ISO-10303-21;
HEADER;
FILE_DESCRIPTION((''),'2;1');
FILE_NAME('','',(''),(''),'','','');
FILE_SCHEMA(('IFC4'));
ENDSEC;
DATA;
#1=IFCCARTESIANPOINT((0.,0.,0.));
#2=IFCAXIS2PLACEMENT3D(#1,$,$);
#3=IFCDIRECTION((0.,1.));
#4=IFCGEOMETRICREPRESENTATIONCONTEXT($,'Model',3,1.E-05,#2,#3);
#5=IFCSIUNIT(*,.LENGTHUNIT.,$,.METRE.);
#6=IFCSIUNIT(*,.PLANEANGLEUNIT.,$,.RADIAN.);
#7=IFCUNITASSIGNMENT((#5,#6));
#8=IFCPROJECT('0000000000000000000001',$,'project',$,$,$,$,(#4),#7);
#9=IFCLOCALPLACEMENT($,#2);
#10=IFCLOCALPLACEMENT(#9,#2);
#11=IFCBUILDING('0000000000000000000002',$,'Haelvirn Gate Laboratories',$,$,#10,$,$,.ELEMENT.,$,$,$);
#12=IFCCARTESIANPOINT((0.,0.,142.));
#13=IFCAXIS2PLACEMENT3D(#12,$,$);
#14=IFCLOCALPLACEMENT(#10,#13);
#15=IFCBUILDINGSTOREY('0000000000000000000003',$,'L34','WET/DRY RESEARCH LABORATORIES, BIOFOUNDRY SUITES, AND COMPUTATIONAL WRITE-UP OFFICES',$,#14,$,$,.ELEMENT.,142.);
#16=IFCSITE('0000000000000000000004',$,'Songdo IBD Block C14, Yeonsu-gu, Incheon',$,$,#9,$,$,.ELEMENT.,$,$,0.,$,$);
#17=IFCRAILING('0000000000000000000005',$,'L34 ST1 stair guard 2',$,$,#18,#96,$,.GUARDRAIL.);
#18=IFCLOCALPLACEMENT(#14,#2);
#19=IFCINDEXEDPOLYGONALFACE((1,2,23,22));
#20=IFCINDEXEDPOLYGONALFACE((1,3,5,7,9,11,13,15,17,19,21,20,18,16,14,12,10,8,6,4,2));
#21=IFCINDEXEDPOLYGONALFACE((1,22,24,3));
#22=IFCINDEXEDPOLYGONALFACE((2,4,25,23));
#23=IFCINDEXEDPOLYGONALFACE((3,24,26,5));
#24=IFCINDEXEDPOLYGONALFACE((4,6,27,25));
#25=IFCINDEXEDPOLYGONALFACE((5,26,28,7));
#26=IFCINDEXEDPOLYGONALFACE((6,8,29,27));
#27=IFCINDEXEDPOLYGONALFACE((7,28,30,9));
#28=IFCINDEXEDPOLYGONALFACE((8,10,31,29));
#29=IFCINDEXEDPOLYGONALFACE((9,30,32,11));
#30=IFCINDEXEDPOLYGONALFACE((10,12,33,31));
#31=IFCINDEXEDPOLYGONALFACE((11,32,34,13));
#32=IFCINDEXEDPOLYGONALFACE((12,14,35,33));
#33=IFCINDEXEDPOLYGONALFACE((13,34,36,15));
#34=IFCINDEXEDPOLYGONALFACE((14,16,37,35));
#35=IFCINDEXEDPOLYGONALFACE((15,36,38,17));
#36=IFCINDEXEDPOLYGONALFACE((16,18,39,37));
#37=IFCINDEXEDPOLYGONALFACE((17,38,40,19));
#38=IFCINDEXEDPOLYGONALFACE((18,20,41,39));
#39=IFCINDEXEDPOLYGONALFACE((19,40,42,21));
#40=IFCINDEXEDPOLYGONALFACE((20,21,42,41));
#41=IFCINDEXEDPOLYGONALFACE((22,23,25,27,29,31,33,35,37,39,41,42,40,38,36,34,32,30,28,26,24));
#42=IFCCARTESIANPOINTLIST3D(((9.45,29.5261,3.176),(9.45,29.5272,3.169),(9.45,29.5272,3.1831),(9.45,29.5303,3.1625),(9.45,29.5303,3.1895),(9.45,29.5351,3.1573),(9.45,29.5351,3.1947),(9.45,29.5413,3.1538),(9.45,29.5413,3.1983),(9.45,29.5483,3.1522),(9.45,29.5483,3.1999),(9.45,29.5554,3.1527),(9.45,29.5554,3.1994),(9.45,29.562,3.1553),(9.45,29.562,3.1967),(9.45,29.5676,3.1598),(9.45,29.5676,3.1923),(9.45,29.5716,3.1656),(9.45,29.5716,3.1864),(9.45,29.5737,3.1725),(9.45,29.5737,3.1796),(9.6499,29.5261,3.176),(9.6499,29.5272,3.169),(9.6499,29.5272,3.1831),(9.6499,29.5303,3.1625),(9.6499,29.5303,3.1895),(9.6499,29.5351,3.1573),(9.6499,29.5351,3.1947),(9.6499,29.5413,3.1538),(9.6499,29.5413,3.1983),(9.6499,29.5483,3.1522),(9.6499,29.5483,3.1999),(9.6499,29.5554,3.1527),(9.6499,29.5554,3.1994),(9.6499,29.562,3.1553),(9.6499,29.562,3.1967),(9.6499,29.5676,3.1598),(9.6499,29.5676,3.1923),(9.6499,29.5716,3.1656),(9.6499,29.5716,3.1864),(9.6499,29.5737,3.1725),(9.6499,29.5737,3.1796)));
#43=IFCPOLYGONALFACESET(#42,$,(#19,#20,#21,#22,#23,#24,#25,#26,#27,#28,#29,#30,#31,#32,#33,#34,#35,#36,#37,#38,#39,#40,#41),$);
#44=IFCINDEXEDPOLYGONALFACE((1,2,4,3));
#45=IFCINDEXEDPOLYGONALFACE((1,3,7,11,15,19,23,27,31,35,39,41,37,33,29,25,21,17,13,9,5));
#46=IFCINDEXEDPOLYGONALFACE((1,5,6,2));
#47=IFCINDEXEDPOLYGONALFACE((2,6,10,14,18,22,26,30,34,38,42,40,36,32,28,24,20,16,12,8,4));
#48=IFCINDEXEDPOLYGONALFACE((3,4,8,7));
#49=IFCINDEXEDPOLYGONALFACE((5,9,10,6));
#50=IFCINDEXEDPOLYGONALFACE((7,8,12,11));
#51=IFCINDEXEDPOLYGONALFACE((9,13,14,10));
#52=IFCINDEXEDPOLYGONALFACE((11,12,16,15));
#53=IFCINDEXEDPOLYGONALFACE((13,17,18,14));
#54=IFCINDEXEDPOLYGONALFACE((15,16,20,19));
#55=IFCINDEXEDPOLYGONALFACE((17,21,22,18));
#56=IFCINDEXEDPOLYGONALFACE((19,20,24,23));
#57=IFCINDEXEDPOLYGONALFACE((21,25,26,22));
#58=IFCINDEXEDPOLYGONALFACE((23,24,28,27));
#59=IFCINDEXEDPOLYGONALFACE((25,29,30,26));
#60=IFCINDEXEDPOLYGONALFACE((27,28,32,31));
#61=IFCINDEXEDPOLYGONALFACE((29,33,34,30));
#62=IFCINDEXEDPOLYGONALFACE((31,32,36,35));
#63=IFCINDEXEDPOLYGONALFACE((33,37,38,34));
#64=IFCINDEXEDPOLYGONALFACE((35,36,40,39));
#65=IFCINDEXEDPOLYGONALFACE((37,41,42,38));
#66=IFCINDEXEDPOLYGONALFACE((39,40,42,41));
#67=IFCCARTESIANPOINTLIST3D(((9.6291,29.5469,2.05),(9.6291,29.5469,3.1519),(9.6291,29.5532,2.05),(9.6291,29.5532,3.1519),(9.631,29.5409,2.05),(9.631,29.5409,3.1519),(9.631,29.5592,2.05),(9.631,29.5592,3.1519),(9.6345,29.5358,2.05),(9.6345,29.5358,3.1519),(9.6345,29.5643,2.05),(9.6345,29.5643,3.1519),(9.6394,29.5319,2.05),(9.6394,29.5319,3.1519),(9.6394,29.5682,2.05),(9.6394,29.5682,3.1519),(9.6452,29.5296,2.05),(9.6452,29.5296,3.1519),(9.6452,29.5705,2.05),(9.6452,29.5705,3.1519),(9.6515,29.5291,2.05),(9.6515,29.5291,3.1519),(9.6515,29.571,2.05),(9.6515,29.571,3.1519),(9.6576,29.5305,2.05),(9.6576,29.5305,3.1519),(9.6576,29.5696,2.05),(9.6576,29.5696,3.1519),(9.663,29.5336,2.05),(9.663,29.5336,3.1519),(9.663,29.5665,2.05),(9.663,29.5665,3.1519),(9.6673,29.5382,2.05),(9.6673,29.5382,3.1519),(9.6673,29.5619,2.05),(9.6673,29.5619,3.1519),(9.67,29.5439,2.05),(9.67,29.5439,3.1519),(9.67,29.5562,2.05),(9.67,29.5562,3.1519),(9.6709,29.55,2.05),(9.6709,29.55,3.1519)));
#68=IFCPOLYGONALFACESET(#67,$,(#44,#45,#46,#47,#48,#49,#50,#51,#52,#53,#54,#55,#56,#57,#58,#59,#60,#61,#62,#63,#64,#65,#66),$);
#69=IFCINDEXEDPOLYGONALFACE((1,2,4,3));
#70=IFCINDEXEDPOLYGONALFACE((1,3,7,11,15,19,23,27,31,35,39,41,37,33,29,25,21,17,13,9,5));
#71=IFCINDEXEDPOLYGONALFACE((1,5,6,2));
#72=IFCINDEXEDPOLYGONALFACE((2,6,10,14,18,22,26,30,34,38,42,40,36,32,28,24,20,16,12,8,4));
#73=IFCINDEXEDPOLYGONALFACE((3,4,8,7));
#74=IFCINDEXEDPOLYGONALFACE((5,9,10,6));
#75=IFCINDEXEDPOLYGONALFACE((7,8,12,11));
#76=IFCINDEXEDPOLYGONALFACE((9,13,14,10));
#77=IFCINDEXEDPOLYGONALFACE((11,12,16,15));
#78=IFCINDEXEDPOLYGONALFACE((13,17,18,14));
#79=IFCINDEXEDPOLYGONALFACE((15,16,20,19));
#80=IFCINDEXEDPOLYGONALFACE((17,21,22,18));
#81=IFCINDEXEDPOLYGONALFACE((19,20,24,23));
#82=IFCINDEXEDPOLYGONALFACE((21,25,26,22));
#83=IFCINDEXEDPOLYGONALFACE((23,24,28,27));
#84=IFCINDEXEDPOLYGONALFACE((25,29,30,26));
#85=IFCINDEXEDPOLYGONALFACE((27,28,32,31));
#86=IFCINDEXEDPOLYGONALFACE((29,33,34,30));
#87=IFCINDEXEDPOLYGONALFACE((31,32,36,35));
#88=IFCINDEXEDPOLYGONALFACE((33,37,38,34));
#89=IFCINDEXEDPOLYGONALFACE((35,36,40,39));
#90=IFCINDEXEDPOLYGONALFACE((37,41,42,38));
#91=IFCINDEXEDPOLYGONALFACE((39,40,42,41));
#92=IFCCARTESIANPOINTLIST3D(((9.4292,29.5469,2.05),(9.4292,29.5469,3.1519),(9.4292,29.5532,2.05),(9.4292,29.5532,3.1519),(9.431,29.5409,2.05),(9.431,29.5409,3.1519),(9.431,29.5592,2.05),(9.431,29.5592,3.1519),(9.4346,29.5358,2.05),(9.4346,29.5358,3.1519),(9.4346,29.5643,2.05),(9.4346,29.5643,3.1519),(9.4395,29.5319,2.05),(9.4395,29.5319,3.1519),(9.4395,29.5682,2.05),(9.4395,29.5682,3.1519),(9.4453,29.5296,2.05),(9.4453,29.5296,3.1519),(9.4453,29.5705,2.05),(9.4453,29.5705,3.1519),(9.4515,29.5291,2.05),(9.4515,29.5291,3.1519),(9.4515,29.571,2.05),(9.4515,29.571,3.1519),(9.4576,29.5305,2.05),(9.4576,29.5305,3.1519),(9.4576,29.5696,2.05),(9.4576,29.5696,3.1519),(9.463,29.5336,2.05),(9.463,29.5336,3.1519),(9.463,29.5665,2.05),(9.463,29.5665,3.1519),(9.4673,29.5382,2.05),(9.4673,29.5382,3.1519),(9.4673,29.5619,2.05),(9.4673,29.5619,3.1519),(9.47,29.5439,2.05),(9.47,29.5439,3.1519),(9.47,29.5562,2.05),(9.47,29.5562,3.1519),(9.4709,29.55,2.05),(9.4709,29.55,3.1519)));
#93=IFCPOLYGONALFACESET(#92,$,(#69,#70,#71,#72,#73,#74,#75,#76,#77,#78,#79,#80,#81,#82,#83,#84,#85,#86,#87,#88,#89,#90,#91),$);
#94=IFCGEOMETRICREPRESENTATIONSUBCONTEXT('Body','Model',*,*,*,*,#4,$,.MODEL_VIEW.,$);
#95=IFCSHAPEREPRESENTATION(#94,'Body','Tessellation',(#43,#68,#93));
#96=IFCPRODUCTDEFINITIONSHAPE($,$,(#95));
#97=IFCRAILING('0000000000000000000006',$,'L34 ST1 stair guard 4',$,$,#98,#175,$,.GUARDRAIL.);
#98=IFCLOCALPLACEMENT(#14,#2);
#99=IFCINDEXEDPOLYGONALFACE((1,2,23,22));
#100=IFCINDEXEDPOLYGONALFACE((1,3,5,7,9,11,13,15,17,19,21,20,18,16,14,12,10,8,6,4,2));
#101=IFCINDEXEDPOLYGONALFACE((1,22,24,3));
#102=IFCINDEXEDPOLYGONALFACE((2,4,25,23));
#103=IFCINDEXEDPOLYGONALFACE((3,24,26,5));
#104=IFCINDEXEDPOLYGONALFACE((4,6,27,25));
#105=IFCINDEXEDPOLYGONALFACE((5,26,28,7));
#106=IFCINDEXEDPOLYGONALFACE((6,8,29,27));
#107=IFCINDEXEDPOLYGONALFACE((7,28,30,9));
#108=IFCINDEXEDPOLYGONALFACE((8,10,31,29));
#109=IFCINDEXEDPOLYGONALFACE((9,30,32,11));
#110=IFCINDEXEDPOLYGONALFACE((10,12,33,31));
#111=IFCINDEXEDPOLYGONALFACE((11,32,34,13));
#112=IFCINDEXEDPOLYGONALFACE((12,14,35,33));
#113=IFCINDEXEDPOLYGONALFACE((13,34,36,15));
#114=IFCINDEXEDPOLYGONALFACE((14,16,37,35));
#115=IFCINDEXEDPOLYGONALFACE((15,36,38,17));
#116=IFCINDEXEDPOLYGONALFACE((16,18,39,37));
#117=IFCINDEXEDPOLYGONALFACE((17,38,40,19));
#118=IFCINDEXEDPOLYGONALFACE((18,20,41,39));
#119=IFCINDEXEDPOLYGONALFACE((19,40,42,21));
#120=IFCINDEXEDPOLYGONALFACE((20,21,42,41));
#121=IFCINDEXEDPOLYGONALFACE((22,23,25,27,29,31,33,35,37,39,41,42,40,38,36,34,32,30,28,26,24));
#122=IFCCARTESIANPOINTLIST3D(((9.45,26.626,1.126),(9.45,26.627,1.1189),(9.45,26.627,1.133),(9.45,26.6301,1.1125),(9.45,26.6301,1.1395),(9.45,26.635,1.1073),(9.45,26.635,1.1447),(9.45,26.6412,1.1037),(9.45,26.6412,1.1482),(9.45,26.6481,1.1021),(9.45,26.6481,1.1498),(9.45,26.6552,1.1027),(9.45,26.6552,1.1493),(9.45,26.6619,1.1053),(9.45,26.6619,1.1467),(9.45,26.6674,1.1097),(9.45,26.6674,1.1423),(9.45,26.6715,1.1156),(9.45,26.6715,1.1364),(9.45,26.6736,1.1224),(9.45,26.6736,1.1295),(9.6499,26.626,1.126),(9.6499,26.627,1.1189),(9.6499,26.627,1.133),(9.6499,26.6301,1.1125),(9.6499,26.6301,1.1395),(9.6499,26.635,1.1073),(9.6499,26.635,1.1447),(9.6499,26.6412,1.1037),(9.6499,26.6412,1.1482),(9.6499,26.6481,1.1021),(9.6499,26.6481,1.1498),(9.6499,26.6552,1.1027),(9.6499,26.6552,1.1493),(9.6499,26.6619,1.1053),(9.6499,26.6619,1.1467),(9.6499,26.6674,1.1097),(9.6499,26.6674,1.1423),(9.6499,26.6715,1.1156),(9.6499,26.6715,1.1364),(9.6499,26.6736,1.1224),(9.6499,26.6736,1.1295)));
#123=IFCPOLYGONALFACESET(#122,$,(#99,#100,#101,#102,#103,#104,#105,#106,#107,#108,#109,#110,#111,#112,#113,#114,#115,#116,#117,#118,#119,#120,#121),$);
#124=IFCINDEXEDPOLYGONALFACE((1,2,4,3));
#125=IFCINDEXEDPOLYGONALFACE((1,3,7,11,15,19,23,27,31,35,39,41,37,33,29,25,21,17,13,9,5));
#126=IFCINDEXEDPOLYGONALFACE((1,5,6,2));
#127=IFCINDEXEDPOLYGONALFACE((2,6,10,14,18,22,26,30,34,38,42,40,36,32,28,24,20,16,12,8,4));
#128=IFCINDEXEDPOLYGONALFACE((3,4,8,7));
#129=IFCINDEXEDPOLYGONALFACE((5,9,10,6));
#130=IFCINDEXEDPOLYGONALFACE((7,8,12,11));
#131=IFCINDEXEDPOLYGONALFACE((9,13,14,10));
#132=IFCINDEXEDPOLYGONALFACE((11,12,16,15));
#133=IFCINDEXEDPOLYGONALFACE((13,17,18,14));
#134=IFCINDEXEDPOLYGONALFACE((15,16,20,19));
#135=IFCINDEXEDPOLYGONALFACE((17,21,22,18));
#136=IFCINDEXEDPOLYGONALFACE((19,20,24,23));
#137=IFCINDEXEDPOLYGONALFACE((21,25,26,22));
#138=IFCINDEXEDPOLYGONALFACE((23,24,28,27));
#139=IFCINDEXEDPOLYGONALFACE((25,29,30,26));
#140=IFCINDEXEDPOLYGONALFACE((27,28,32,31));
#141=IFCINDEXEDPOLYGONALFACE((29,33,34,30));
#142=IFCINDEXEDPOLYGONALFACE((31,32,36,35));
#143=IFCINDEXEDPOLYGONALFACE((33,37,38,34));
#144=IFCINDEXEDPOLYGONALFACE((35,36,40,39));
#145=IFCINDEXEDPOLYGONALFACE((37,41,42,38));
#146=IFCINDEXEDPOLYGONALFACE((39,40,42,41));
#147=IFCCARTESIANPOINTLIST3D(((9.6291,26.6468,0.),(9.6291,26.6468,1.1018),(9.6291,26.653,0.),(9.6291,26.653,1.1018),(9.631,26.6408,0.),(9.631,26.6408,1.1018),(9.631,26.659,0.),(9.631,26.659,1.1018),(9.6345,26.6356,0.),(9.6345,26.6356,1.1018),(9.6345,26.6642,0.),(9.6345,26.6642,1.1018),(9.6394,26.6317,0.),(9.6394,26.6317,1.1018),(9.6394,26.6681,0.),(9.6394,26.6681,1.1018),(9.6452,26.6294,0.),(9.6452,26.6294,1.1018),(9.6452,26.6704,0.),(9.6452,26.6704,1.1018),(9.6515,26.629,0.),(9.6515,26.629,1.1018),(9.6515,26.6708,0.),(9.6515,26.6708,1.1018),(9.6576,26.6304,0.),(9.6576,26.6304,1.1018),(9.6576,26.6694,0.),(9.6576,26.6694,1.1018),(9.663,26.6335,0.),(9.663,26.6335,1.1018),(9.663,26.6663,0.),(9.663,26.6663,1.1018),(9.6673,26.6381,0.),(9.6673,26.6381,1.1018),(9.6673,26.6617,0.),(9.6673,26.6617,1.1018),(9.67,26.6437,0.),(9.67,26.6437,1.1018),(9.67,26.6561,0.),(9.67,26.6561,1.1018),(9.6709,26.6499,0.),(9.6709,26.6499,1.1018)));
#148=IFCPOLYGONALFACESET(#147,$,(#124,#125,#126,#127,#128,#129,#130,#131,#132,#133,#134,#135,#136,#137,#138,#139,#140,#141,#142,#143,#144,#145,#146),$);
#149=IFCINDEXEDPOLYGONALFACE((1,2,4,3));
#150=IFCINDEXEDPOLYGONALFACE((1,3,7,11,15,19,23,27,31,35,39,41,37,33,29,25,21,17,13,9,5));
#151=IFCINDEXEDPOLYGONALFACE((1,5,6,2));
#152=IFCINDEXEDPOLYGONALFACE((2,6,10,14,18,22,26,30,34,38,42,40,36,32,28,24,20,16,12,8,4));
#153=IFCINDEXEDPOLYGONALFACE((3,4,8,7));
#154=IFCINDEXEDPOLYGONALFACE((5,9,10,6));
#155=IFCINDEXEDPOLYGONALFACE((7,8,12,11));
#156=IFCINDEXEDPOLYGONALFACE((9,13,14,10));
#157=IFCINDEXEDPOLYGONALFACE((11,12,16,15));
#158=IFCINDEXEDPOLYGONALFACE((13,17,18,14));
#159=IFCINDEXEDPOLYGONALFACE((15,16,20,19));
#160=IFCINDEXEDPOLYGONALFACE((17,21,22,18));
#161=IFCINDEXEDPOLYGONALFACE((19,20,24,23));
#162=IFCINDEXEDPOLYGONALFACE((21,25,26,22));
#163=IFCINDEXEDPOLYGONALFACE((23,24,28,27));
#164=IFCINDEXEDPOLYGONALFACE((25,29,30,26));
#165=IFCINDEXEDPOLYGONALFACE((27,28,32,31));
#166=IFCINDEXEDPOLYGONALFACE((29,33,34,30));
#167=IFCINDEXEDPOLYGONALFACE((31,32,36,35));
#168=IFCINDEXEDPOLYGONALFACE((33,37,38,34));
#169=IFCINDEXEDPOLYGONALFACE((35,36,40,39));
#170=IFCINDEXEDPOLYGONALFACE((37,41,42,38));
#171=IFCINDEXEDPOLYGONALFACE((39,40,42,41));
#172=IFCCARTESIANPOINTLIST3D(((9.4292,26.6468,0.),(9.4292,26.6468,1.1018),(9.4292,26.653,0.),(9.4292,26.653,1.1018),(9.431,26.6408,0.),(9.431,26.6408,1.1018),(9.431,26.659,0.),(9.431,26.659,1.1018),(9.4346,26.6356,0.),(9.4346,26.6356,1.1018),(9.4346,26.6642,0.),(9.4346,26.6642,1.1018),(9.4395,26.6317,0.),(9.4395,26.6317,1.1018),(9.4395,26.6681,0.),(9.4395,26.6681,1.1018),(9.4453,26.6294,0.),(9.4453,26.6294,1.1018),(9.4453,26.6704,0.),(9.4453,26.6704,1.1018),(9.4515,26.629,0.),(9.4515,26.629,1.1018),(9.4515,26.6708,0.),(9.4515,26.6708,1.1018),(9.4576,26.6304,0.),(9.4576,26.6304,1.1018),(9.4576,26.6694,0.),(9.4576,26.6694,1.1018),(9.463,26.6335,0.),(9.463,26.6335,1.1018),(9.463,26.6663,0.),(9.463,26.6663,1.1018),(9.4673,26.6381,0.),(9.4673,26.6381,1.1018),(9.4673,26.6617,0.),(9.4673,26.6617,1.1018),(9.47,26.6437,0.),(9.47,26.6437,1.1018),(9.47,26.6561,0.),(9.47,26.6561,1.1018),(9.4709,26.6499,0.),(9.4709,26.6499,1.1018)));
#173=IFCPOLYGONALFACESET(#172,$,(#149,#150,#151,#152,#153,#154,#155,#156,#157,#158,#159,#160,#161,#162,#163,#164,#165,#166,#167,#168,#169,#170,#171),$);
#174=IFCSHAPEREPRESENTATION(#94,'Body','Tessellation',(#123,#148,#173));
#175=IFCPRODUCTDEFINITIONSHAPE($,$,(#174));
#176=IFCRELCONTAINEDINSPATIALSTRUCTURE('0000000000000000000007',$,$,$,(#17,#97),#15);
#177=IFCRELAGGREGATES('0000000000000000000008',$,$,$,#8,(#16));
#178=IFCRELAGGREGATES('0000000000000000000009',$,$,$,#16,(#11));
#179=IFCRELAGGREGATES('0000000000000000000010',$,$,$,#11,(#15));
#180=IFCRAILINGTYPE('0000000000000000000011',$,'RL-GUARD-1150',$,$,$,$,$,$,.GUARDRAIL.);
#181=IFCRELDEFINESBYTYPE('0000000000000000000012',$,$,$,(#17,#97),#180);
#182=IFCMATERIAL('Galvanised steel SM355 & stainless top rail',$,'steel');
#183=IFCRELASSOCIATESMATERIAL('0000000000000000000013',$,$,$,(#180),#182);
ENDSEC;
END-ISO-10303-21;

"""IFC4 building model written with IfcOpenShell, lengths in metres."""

from ifc_helpers import new_model, si_unit, direction, frame, origin, origin_2d, place, context, subcontext, project, spatial, circle, extrude, source, transform, mapped, material, type_object, element, save


model = new_model("IFC4")

# Units and contexts
model_context = context("Model", 3, precision=1e-05, world=origin(), true_north=direction((0.0, 1.0)))
body_context = subcontext(model_context, "Body", "Model", "MODEL_VIEW")
ifc_project = project(units=[si_unit("LENGTHUNIT", "METRE"), si_unit("PLANEANGLEUNIT", "RADIAN")], contexts=[model_context])

# Site, building, storey
site_placement = place(None, origin())
site = spatial("IfcSite", under=ifc_project, at=site_placement, Name="Songdo IBD Block C14, Yeonsu-gu, Incheon", CompositionType="ELEMENT", RefElevation=0.0)
building_placement = place(site_placement, origin())
building = spatial("IfcBuilding", under=site, at=building_placement, Name="Haelvirn Gate Laboratories", CompositionType="ELEMENT")
storey_placement = place(building_placement, frame((0.0, 0.0, 142.0)))
storey = spatial("IfcBuildingStorey", under=building, at=storey_placement, Name="L34", Description="WET/DRY RESEARCH LABORATORIES, BIOFOUNDRY SUITES, AND COMPUTATIONAL WRITE-UP OFFICES", CompositionType="ELEMENT", Elevation=142.0)

# Railings
ifc_material_1 = material(Name="Galvanised steel SM355 & stainless top rail", Category="steel")
railing_type_1 = type_object("IfcRailingType", Name="RL-GUARD-1150", PredefinedType="GUARDRAIL", material=ifc_material_1)
shared_shape_1 = source(origin(), body_context, "Body", "SweptSolid", [
    extrude(circle(Radius=0.0239, at=origin_2d()), frame((0.0, 0.0, 1.126), z_axis=(-1.0, 0.0, 0.0), x_axis=(0.0, -1.0, 0.0)), (0.0, 0.0, 1.0), 0.2),
    extrude(circle(Radius=0.021, at=origin_2d()), origin(), (0.0, 0.0, 1.0), 1.1018),
    extrude(circle(Radius=0.021, at=origin_2d()), frame((-0.2, 0.0, 0.0)), (0.0, 0.0, 1.0), 1.1018),
])
for number, where, name in (
    (1, (9.6499, 29.55, 2.05), "L34 ST1 stair guard 2"),
    (2, (9.6499, 26.6499, 0.0), "L34 ST1 stair guard 4"),
):
    element("IfcRailing", number, at=place(storey_placement, frame(where)), inside=storey, type_object=railing_type_1, Name=name, PredefinedType="GUARDRAIL", context=body_context, shape_type="MappedRepresentation", body=[
        mapped(shared_shape_1, transform((0.0, 0.0, 0.0), scale=1.0)),
    ])

save(model, "model.ifc")
